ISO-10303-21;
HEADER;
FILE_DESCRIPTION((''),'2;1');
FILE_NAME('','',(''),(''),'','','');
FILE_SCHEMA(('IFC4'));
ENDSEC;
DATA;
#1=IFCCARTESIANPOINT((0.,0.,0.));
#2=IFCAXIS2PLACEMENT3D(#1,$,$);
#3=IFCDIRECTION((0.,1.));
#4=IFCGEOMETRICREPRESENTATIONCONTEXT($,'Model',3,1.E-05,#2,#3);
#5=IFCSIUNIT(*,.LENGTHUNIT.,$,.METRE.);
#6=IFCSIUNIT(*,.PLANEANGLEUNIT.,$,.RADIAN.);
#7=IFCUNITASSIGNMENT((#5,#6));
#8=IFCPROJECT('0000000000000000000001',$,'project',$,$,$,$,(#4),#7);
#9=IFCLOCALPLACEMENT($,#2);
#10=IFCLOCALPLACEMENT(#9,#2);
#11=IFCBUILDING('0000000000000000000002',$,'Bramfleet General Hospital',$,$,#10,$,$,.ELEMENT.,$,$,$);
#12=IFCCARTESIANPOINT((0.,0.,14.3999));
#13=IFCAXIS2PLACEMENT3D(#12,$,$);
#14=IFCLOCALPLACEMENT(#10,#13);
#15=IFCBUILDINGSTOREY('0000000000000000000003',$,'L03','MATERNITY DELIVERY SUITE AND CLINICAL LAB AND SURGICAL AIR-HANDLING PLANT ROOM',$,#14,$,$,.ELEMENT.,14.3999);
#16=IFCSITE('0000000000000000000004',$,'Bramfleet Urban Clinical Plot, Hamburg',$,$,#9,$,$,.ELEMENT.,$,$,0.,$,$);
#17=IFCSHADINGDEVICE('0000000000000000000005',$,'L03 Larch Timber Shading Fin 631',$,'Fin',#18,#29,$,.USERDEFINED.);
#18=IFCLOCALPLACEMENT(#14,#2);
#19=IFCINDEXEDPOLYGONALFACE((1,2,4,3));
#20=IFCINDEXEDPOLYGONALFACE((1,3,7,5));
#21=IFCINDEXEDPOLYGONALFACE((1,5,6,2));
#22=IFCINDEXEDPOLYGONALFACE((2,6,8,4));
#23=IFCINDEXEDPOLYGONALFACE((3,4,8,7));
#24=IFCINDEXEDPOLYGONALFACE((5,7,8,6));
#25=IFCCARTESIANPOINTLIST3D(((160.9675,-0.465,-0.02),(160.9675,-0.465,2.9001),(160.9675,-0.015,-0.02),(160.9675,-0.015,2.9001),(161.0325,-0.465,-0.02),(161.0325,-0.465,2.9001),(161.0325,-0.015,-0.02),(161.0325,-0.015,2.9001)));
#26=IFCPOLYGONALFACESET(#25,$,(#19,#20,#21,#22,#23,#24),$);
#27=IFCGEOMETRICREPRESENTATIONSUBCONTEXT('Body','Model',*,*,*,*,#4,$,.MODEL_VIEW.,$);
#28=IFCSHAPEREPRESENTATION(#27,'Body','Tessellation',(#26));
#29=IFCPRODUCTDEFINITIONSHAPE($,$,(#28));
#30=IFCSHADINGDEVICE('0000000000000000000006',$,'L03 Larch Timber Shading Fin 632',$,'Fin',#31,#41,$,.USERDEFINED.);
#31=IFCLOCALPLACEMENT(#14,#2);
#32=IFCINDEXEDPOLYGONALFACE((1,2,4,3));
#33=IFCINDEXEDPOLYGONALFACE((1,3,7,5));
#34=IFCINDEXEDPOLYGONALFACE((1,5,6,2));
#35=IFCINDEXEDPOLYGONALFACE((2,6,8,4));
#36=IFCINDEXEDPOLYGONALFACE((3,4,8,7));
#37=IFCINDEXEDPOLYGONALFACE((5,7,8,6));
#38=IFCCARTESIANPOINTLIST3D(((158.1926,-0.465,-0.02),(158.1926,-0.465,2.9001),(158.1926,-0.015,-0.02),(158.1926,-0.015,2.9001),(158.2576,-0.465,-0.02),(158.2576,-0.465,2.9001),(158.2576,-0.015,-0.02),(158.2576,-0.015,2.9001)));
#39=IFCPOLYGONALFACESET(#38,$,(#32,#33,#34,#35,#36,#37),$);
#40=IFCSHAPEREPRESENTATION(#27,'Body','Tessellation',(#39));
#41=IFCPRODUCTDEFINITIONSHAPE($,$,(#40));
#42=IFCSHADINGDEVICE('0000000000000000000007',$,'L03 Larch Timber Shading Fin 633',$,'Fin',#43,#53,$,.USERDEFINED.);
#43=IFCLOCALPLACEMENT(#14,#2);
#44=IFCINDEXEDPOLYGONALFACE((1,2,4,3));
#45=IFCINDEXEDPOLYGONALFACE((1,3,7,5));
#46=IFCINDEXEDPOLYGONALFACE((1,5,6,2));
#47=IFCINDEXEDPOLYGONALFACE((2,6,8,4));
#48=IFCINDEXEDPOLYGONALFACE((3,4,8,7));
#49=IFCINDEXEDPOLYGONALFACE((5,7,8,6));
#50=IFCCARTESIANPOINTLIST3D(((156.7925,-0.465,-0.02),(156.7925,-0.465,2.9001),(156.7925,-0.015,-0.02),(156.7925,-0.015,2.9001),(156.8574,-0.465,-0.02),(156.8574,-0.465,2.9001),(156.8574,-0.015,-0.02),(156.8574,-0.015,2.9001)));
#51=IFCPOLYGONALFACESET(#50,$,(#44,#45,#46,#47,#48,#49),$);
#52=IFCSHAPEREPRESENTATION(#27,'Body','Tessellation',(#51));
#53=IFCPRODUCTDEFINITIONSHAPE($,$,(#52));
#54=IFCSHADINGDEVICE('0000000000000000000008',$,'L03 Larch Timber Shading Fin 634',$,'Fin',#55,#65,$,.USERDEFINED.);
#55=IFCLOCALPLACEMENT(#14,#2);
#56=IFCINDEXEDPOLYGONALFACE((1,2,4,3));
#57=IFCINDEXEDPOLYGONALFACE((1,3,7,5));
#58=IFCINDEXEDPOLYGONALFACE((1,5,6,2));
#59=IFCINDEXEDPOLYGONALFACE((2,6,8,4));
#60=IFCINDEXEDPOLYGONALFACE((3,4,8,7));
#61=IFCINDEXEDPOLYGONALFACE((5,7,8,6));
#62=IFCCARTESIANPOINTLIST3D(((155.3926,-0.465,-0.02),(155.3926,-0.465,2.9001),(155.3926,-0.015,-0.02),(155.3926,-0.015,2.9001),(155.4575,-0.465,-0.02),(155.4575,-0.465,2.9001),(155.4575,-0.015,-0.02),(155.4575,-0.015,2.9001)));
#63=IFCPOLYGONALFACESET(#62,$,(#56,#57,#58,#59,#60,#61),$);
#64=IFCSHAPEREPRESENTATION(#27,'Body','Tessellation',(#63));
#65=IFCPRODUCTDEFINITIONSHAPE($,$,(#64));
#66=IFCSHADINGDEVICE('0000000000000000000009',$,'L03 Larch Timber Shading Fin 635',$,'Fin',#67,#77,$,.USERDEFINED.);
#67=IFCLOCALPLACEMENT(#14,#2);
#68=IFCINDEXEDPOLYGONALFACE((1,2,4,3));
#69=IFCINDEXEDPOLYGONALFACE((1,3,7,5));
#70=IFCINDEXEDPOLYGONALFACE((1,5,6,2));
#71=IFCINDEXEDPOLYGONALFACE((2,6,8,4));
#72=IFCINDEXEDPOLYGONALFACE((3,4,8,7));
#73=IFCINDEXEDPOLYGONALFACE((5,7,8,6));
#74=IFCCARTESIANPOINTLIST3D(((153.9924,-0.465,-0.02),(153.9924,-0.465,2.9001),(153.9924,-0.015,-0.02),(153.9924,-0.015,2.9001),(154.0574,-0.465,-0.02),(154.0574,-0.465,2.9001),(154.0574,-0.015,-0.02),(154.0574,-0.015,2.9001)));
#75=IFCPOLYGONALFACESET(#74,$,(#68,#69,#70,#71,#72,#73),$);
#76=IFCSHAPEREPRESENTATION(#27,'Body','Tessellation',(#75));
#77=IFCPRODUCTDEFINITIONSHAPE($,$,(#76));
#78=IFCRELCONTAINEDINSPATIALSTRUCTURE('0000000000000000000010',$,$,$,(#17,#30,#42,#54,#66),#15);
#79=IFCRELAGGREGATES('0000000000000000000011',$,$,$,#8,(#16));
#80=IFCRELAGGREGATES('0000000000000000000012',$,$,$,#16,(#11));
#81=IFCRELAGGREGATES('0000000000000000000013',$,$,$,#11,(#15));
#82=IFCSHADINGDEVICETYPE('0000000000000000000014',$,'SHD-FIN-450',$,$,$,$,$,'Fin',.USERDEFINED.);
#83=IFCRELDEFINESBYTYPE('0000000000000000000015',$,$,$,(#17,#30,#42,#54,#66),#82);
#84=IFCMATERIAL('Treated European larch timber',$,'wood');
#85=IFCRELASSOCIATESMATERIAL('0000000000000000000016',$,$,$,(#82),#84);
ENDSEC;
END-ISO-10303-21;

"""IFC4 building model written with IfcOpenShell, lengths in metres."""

from ifc_helpers import new_model, si_unit, direction, frame, origin, origin_2d, place, context, subcontext, project, spatial, rectangle, extrude, material, material_profile, profile_set, type_object, element, save


model = new_model("IFC4")

# Units and contexts
model_context = context("Model", 3, precision=1e-05, world=origin(), true_north=direction((0.0, 1.0)))
body_context = subcontext(model_context, "Body", "Model", "MODEL_VIEW")
ifc_project = project(units=[si_unit("LENGTHUNIT", "METRE"), si_unit("PLANEANGLEUNIT", "RADIAN")], contexts=[model_context])

# Site, building, storey
site_placement = place(None, origin())
site = spatial("IfcSite", under=ifc_project, at=site_placement, Name="Bramfleet Urban Clinical Plot, Hamburg", CompositionType="ELEMENT", RefElevation=0.0)
building_placement = place(site_placement, origin())
building = spatial("IfcBuilding", under=site, at=building_placement, Name="Bramfleet General Hospital", CompositionType="ELEMENT")
storey_placement = place(building_placement, frame((0.0, 0.0, 14.3999)))
storey = spatial("IfcBuildingStorey", under=building, at=storey_placement, Name="L03", Description="MATERNITY DELIVERY SUITE AND CLINICAL LAB AND SURGICAL AIR-HANDLING PLANT ROOM", CompositionType="ELEMENT", Elevation=14.3999)

# Shading devices
ifc_material_1 = material(Name="Treated European larch timber", Category="wood")
ifc_material_profile_1 = material_profile(ifc_material_1, rectangle(XDim=0.0649, YDim=0.45, at=origin_2d()), Name="LARCH FIN 450x65")
ifc_profile_set_1 = profile_set([ifc_material_profile_1], Name="Treated European larch timber")
shading_device_type = type_object("IfcShadingDeviceType", Name="SHD-FIN-450", ElementType="Fin", PredefinedType="USERDEFINED", material=ifc_profile_set_1)
for number, where, z_axis, x_axis, name in (
    (1, (161.0, -0.24, -0.02), (0.0, 0.0, 1.0), (-1.0, 0.0, 0.0), "L03 Larch Timber Shading Fin 631"),
    (2, (158.2251, -0.24, -0.02), (0.0, 0.0, 1.0), (-1.0, 0.0, 0.0), "L03 Larch Timber Shading Fin 632"),
    (3, (156.825, -0.24, -0.02), (0.0, 0.0, 1.0), (-1.0, 0.0, 0.0), "L03 Larch Timber Shading Fin 633"),
    (4, (155.425, -0.24, -0.02), (0.0, 0.0, 1.0), (-1.0, 0.0, 0.0), "L03 Larch Timber Shading Fin 634"),
    (5, (154.0249, -0.24, -0.02), (0.0, 0.0, 1.0), (-1.0, 0.0, 0.0), "L03 Larch Timber Shading Fin 635"),
):
    element("IfcShadingDevice", number, at=place(storey_placement, frame(where, z_axis=z_axis, x_axis=x_axis)), inside=storey, type_object=shading_device_type, Name=name, ObjectType="Fin", PredefinedType="USERDEFINED", context=body_context, shape_type="SweptSolid", body=[
        extrude(rectangle(XDim=0.0649, YDim=0.45, at=origin_2d()), origin(), (0.0, 0.0, 1.0), 2.9202),
    ])

save(model, "model.ifc")
